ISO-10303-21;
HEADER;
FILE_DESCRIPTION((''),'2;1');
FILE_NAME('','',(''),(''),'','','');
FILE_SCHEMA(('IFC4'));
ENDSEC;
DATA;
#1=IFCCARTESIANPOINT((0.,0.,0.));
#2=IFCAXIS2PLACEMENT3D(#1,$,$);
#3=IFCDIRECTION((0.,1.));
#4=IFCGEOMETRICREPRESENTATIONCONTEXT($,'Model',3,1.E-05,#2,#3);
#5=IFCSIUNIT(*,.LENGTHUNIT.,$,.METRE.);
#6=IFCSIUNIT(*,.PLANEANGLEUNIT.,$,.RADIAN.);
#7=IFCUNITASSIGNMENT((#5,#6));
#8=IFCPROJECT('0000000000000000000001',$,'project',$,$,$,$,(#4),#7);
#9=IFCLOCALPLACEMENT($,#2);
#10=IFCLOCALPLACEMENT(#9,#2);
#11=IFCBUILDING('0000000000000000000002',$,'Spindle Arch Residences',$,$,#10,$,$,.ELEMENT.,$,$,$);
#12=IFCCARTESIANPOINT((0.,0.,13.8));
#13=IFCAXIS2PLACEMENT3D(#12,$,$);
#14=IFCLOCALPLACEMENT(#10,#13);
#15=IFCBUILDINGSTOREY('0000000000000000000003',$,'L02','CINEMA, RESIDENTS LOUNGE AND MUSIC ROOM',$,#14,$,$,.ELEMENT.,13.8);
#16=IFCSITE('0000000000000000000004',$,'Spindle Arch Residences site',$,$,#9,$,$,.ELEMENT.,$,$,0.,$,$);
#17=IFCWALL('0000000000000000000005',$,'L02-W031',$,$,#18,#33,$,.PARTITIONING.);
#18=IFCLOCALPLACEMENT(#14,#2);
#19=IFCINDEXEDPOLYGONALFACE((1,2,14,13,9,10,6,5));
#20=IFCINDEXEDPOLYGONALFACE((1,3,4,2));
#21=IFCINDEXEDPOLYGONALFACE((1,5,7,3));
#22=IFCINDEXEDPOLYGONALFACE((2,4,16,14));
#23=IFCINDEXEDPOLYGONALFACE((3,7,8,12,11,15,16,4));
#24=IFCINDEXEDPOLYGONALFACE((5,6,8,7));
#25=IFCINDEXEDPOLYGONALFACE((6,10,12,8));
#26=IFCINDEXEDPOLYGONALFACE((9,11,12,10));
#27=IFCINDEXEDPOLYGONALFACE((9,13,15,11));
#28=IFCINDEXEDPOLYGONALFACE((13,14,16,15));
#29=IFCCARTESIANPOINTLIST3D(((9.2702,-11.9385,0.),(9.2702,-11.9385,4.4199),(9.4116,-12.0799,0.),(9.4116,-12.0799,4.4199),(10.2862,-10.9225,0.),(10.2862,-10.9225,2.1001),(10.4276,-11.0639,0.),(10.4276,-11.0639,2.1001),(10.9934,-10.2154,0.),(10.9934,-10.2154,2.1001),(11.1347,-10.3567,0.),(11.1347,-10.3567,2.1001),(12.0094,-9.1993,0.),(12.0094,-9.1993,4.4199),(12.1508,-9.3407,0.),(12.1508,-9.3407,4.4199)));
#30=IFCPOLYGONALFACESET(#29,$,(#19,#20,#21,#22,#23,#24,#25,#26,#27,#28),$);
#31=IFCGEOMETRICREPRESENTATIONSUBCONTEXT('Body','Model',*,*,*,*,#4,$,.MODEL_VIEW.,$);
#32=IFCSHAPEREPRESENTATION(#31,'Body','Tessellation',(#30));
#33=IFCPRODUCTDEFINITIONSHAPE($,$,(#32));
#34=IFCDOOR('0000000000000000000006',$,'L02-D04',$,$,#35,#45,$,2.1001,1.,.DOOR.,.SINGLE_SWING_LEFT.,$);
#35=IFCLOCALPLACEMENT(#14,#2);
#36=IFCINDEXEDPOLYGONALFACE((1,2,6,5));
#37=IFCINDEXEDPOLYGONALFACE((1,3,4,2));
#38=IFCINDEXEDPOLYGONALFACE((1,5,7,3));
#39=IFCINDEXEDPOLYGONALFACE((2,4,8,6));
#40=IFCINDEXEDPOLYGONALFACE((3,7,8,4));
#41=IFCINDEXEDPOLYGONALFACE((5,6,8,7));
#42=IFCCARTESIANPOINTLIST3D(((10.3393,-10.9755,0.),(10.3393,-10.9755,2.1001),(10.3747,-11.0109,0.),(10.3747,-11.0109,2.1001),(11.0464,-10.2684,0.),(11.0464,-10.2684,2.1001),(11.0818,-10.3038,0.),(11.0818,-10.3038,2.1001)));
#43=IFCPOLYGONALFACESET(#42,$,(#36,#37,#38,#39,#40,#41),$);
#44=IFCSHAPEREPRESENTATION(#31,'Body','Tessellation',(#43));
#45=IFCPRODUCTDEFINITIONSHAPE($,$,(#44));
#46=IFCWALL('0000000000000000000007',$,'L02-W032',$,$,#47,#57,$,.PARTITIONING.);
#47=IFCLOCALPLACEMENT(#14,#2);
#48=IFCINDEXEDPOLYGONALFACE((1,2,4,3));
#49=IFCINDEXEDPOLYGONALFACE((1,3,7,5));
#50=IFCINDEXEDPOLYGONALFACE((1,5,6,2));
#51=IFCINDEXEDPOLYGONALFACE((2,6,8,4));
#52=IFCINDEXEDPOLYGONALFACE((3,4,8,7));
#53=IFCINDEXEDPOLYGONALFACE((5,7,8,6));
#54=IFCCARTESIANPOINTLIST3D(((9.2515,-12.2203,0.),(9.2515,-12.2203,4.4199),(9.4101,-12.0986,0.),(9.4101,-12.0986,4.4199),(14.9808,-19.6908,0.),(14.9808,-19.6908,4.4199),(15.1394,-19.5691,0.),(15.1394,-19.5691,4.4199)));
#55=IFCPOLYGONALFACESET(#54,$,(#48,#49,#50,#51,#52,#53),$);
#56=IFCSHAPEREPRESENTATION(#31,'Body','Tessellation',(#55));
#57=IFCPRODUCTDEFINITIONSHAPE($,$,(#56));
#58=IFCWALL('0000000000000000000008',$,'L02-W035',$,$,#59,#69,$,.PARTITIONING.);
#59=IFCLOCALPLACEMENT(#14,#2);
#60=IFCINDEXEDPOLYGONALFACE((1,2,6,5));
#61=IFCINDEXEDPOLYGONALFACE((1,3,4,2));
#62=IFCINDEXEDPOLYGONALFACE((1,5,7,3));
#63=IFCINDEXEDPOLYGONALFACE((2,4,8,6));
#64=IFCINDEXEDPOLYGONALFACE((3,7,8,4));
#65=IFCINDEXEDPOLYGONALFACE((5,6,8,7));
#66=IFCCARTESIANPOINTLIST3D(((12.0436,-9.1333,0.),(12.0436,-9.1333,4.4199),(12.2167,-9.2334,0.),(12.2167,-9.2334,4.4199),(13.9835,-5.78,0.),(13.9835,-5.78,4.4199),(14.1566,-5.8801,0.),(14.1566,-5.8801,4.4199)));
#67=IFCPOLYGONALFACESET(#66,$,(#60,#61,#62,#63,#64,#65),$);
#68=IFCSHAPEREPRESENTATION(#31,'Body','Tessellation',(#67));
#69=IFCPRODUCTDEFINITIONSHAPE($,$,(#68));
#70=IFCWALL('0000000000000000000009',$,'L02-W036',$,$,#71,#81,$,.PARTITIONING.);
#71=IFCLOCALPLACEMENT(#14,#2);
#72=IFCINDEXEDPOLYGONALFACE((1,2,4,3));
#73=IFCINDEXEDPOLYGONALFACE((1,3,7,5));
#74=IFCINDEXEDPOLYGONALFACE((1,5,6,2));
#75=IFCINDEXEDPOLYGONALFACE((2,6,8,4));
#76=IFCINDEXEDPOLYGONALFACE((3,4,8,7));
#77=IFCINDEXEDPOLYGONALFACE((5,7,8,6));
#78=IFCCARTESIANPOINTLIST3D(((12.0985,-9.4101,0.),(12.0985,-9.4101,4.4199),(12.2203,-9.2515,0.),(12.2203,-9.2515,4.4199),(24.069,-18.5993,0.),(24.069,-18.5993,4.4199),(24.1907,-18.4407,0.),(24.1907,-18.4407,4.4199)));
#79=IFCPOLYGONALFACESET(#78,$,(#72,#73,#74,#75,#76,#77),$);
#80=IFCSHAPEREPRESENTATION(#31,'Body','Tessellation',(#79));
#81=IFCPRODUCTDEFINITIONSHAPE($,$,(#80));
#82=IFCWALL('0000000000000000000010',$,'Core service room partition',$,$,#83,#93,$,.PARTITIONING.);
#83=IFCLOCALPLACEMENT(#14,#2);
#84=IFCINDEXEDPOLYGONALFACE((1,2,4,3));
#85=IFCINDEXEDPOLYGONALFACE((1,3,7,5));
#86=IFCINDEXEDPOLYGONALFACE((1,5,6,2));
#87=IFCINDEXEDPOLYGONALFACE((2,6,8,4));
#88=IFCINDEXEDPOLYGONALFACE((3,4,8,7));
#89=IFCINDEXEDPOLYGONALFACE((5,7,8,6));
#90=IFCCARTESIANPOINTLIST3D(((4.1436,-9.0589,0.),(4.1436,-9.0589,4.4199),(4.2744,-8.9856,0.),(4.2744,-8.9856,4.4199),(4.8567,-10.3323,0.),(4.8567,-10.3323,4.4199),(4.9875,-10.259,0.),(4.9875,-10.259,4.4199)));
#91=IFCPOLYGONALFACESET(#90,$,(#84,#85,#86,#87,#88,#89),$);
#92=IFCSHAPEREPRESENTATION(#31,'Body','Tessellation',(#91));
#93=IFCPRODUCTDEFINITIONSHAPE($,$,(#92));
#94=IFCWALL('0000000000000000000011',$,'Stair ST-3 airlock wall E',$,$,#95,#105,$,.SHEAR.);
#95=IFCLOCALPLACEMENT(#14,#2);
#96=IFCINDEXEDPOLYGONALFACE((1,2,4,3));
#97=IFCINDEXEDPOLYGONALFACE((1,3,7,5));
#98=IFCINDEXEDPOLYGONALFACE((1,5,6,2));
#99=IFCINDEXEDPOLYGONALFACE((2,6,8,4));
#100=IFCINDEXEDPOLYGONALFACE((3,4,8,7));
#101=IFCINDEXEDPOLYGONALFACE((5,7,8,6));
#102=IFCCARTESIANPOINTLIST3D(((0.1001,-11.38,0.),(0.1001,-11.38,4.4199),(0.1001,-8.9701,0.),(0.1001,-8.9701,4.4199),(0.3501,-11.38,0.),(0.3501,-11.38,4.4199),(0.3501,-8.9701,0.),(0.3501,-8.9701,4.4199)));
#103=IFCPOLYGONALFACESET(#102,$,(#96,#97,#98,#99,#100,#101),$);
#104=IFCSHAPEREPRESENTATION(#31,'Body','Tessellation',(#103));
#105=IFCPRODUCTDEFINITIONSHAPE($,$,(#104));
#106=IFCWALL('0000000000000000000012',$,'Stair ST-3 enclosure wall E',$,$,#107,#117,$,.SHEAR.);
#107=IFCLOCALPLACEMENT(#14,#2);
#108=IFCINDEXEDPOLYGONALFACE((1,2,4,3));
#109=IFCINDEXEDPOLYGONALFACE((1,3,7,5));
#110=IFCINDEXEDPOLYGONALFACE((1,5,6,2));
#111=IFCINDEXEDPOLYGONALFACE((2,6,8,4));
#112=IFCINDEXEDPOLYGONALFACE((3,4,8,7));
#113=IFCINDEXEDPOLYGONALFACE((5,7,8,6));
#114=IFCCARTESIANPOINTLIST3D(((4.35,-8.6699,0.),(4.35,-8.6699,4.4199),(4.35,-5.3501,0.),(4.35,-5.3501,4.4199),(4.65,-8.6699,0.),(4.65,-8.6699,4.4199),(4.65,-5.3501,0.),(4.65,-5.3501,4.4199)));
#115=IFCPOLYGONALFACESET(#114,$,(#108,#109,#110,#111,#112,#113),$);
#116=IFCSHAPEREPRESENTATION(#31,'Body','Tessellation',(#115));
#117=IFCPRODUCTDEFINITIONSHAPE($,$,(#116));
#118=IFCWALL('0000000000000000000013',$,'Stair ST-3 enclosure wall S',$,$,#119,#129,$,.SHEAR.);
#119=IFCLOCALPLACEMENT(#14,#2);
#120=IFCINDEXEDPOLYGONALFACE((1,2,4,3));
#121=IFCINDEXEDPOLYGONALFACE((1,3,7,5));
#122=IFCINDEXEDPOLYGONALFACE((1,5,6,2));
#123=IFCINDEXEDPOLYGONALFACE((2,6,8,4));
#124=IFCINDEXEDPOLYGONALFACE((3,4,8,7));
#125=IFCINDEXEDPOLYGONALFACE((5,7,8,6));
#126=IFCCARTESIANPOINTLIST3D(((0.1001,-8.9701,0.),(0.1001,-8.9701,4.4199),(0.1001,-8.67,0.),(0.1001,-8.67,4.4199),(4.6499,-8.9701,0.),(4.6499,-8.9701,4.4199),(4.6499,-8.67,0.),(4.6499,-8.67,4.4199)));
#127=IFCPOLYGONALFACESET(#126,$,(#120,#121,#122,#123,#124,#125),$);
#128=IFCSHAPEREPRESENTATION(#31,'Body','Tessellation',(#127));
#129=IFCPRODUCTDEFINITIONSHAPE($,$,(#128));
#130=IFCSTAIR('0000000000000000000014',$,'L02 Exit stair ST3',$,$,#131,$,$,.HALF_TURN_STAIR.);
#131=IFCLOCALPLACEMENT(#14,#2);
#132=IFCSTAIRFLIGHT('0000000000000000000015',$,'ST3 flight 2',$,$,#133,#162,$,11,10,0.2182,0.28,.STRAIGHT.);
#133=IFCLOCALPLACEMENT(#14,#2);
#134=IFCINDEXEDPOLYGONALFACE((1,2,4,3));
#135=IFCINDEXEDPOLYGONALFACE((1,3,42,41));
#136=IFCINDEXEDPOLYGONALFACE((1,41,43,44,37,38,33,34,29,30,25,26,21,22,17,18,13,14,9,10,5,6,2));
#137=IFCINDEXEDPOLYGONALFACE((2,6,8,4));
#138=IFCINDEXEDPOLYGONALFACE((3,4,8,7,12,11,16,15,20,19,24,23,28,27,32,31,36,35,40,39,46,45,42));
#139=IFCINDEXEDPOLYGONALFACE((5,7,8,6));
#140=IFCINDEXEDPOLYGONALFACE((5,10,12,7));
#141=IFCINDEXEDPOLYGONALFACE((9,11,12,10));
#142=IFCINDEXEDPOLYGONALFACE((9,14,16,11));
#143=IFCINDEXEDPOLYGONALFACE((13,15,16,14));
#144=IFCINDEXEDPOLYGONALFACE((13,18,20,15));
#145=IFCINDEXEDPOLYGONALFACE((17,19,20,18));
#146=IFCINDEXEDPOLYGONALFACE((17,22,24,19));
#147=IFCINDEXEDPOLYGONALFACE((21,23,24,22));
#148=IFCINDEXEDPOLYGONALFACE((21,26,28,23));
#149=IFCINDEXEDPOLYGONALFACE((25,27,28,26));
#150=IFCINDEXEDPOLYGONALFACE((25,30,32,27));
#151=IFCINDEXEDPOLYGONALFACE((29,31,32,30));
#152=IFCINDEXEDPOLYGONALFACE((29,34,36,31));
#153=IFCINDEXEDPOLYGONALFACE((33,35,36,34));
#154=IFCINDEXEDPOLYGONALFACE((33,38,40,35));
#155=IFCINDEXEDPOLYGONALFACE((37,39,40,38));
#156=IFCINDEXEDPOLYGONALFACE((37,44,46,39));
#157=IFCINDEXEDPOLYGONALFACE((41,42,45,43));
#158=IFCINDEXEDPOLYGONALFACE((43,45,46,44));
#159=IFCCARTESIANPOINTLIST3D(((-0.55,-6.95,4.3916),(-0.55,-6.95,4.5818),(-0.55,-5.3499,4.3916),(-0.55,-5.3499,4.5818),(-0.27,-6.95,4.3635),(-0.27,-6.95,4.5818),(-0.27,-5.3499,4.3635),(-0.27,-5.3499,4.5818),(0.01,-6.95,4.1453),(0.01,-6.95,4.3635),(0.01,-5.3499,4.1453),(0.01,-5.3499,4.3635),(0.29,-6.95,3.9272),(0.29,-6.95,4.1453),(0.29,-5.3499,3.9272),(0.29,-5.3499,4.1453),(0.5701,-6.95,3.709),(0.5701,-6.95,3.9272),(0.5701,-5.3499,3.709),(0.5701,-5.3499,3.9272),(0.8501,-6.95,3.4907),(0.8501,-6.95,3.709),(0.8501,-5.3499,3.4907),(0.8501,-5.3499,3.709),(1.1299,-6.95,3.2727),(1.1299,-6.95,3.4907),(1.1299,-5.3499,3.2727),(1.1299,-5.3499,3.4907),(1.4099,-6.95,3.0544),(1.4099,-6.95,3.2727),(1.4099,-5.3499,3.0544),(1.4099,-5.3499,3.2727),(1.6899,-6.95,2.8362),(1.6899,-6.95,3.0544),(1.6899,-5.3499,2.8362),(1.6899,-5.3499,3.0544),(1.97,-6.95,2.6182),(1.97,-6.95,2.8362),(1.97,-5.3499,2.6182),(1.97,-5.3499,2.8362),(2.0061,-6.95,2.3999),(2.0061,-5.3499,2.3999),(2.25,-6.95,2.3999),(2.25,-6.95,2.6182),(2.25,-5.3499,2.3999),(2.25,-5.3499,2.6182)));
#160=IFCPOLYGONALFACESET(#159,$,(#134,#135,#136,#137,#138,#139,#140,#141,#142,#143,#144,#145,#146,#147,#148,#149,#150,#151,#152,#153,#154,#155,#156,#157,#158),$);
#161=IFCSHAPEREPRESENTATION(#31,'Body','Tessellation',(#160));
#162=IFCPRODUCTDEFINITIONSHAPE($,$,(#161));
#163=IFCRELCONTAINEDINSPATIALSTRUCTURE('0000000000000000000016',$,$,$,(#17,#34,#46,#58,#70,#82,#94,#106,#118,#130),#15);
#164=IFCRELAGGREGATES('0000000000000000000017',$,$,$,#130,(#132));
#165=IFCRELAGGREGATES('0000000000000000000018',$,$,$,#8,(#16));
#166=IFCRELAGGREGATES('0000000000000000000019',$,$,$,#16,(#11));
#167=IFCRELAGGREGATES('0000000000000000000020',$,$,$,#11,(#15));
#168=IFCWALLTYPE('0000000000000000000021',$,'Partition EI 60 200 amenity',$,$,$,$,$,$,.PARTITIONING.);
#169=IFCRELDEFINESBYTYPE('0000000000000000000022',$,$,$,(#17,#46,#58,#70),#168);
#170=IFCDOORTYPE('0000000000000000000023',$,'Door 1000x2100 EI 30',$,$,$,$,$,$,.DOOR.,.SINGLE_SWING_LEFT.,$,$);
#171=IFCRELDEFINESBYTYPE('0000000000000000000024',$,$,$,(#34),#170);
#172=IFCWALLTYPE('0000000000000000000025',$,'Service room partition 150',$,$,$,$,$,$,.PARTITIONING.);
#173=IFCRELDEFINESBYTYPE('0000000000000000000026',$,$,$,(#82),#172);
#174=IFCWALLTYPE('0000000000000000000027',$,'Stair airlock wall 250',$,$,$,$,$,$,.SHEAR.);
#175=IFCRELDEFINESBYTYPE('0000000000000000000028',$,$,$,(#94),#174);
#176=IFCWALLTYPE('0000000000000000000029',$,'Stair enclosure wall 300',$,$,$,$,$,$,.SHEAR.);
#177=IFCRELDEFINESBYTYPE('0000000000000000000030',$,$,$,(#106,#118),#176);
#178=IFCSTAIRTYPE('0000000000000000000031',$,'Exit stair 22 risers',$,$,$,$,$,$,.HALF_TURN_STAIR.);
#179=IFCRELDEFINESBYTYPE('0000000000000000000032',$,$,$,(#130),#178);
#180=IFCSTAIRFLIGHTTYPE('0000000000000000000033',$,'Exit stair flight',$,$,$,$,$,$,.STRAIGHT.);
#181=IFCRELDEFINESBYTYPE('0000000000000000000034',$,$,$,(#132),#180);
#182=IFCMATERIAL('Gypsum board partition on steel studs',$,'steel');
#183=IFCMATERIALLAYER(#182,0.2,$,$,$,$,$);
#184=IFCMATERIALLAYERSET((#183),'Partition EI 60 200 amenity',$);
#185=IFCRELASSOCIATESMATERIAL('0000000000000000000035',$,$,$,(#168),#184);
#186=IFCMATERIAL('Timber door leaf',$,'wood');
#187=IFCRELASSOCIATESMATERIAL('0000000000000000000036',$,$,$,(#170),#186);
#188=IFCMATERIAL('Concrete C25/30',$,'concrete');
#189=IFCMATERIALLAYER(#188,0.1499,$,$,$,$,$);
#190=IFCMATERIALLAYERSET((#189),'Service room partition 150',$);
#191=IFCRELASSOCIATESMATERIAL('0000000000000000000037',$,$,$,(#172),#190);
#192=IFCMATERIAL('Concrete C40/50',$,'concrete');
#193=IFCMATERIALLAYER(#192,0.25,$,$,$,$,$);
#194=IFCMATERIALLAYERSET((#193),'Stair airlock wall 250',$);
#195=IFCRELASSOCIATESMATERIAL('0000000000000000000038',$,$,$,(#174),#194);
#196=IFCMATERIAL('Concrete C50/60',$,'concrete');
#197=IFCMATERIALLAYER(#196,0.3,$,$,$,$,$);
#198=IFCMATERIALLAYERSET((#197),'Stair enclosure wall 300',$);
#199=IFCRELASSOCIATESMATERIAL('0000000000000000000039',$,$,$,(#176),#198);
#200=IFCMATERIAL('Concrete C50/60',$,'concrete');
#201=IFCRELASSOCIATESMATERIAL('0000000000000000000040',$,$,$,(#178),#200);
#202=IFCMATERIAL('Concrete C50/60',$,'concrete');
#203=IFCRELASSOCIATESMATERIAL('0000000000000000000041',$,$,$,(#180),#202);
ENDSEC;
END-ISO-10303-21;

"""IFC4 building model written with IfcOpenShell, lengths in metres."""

from ifc_helpers import new_model, si_unit, direction, frame, frame_2d, origin, place, context, subcontext, project, spatial, polyline, rectangle, outline, extrude, material, layer, layer_set, type_object, element, fill, aggregate, save


model = new_model("IFC4")

# Units and contexts
model_context = context("Model", 3, precision=1e-05, world=origin(), true_north=direction((0.0, 1.0)))
body_context = subcontext(model_context, "Body", "Model", "MODEL_VIEW")
ifc_project = project(units=[si_unit("LENGTHUNIT", "METRE"), si_unit("PLANEANGLEUNIT", "RADIAN")], contexts=[model_context])

# Site, building, storey
site_placement = place(None, origin())
site = spatial("IfcSite", under=ifc_project, at=site_placement, Name="Spindle Arch Residences site", CompositionType="ELEMENT", RefElevation=0.0)
building_placement = place(site_placement, origin())
building = spatial("IfcBuilding", under=site, at=building_placement, Name="Spindle Arch Residences", CompositionType="ELEMENT")
storey_placement = place(building_placement, frame((0.0, 0.0, 13.8)))
storey = spatial("IfcBuildingStorey", under=building, at=storey_placement, Name="L02", Description="CINEMA, RESIDENTS LOUNGE AND MUSIC ROOM", CompositionType="ELEMENT", Elevation=13.8)

# Shared definitions
ifc_material_1 = material(Name="Gypsum board partition on steel studs", Category="steel")
ifc_layer_1 = layer(ifc_material_1, 0.2)
ifc_layer_set_1 = layer_set([ifc_layer_1], Name="Partition EI 60 200 amenity")
wall_type_1 = type_object("IfcWallType", Name="Partition EI 60 200 amenity", PredefinedType="PARTITIONING", material=ifc_layer_set_1)

# Shared definitions
ifc_material_2 = material(Name="Timber door leaf", Category="wood")
door_type_1 = type_object("IfcDoorType", Name="Door 1000x2100 EI 30", OperationType="SINGLE_SWING_LEFT", PredefinedType="DOOR", material=ifc_material_2)

# Wall, opening, door
wall_1_placement = place(storey_placement, frame((9.3408, -12.0093, 0.0), z_axis=(0.0, 0.0, 1.0), x_axis=(0.707107, 0.707107, 0.0)))
wall_1 = element("IfcWall", 1, at=wall_1_placement, inside=storey, type_object=wall_type_1, Name="L02-W031", PredefinedType="PARTITIONING", context=body_context, shape_type="SweptSolid", body=[
    extrude(rectangle(XDim=3.8738, YDim=0.2, at=frame_2d((1.937, 0.0))), origin(), (0.0, 0.0, 1.0), 4.4199),
])
opening_1_placement = place(wall_1_placement, frame((1.437, 0.0, 0.0)))
opening_1 = element("IfcOpeningElement", 2, at=opening_1_placement, cuts=wall_1, PredefinedType="OPENING", context=body_context, shape_type="SweptSolid", body=[
    extrude(rectangle(XDim=1.0, YDim=2.1001, at=frame_2d((0.5, 1.05))), frame((0.0, 0.1099, 0.0), z_axis=(0.0, -1.0, 0.0), x_axis=(1.0, 0.0, 0.0)), (0.0, 0.0, 1.0), 0.22),
])
door_1_placement = place(opening_1_placement, origin())
door_1 = element("IfcDoor", 3, at=door_1_placement, inside=storey, type_object=door_type_1, Name="L02-D04", OperationType="SINGLE_SWING_LEFT", OverallHeight=2.1001, OverallWidth=1.0, PredefinedType="DOOR", context=body_context, shape_type="SweptSolid", body=[
    extrude(rectangle(XDim=1.0, YDim=2.1001, at=frame_2d((0.5, 1.05))), frame((0.0, 0.0249, 0.0), z_axis=(0.0, -1.0, 0.0), x_axis=(1.0, 0.0, 0.0)), (0.0, 0.0, 1.0), 0.05),
])
fill(opening_1, door_1)

# Walls
wall_2_placement = place(storey_placement, frame((9.3308, -12.1594, 0.0), z_axis=(0.0, 0.0, 1.0), x_axis=(0.608558, -0.793509, 0.0)))
element("IfcWall", 4, at=wall_2_placement, inside=storey, type_object=wall_type_1, Name="L02-W032", PredefinedType="PARTITIONING", context=body_context, shape_type="SweptSolid", body=[
    extrude(rectangle(XDim=9.4146, YDim=0.2, at=frame_2d((4.7073, 0.0))), origin(), (0.0, 0.0, 1.0), 4.4199),
])
wall_3_placement = place(storey_placement, frame((12.1301, -9.1833, 0.0), z_axis=(0.0, 0.0, 1.0), x_axis=(0.50076, 0.865586, 0.0)))
element("IfcWall", 5, at=wall_3_placement, inside=storey, type_object=wall_type_1, Name="L02-W035", PredefinedType="PARTITIONING", context=body_context, shape_type="SweptSolid", body=[
    extrude(rectangle(XDim=3.874, YDim=0.2, at=frame_2d((1.937, 0.0))), origin(), (0.0, 0.0, 1.0), 4.4199),
])
wall_4_placement = place(storey_placement, frame((12.1594, -9.3308, 0.0), z_axis=(0.0, 0.0, 1.0), x_axis=(0.793227, -0.608926, 0.0)))
element("IfcWall", 6, at=wall_4_placement, inside=storey, type_object=wall_type_1, Name="L02-W036", PredefinedType="PARTITIONING", context=body_context, shape_type="SweptSolid", body=[
    extrude(rectangle(XDim=15.0908, YDim=0.2, at=frame_2d((7.5454, 0.0))), origin(), (0.0, 0.0, 1.0), 4.4199),
])
ifc_material_3 = material(Name="Concrete C25/30", Category="concrete")
ifc_layer_2 = layer(ifc_material_3, 0.1499)
ifc_layer_set_2 = layer_set([ifc_layer_2], Name="Service room partition 150")
wall_type_2 = type_object("IfcWallType", Name="Service room partition 150", PredefinedType="PARTITIONING", material=ifc_layer_set_2)
wall_5_placement = place(storey_placement, frame((4.9221, -10.2957, 0.0), z_axis=(0.0, 0.0, 1.0), x_axis=(-0.488608, 0.872503, 0.0)))
element("IfcWall", 7, at=wall_5_placement, inside=storey, type_object=wall_type_2, Name="Core service room partition", PredefinedType="PARTITIONING", context=body_context, shape_type="SweptSolid", body=[
    extrude(rectangle(XDim=1.4595, YDim=0.1499, at=frame_2d((0.7297, 0.0))), origin(), (0.0, 0.0, 1.0), 4.4199),
])
ifc_material_4 = material(Name="Concrete C40/50", Category="concrete")
ifc_layer_3 = layer(ifc_material_4, 0.25)
ifc_layer_set_3 = layer_set([ifc_layer_3], Name="Stair airlock wall 250")
wall_type_3 = type_object("IfcWallType", Name="Stair airlock wall 250", PredefinedType="SHEAR", material=ifc_layer_set_3)
wall_6_placement = place(storey_placement, frame((0.2251, -8.97, 0.0), z_axis=(0.0, 0.0, 1.0), x_axis=(0.0, -1.0, 0.0)))
element("IfcWall", 8, at=wall_6_placement, inside=storey, type_object=wall_type_3, Name="Stair ST-3 airlock wall E", PredefinedType="SHEAR", context=body_context, shape_type="SweptSolid", body=[
    extrude(rectangle(XDim=2.4099, YDim=0.25, at=frame_2d((1.2051, 0.0))), origin(), (0.0, 0.0, 1.0), 4.4199),
])
ifc_material_5 = material(Name="Concrete C50/60", Category="concrete")
ifc_layer_4 = layer(ifc_material_5, 0.3)
ifc_layer_set_4 = layer_set([ifc_layer_4], Name="Stair enclosure wall 300")
wall_type_4 = type_object("IfcWallType", Name="Stair enclosure wall 300", PredefinedType="SHEAR", material=ifc_layer_set_4)
wall_7_placement = place(storey_placement, frame((4.5, -8.6699, 0.0), z_axis=(0.0, 0.0, 1.0), x_axis=(0.0, 1.0, 0.0)))
element("IfcWall", 9, at=wall_7_placement, inside=storey, type_object=wall_type_4, Name="Stair ST-3 enclosure wall E", PredefinedType="SHEAR", context=body_context, shape_type="SweptSolid", body=[
    extrude(rectangle(XDim=3.3198, YDim=0.3, at=frame_2d((1.6599, 0.0))), origin(), (0.0, 0.0, 1.0), 4.4199),
])
wall_8_placement = place(storey_placement, frame((0.1001, -8.8201, 0.0), z_axis=(0.0, 0.0, 1.0), x_axis=(1.0, 0.0, 0.0)))
element("IfcWall", 10, at=wall_8_placement, inside=storey, type_object=wall_type_4, Name="Stair ST-3 enclosure wall S", PredefinedType="SHEAR", context=body_context, shape_type="SweptSolid", body=[
    extrude(rectangle(XDim=4.5498, YDim=0.3, at=frame_2d((2.2749, 0.0))), origin(), (0.0, 0.0, 1.0), 4.4199),
])

# Stair, stair flight
ifc_material_6 = material(Name="Concrete C50/60", Category="concrete")
stair_type = type_object("IfcStairType", Name="Exit stair 22 risers", PredefinedType="HALF_TURN_STAIR", material=ifc_material_6)
stair_placement = place(storey_placement, origin())
stair = element("IfcStair", 11, at=stair_placement, inside=storey, type_object=stair_type, Name="L02 Exit stair ST3", PredefinedType="HALF_TURN_STAIR")
ifc_material_7 = material(Name="Concrete C50/60", Category="concrete")
stair_flight_type = type_object("IfcStairFlightType", Name="Exit stair flight", PredefinedType="STRAIGHT", material=ifc_material_7)
stair_flight_placement = place(storey_placement, frame((2.25, -6.1499, 2.3999), z_axis=(0.0, 0.0, 1.0), x_axis=(-1.0, 0.0, 0.0)))
stair_flight = element("IfcStairFlight", 12, at=stair_flight_placement, type_object=stair_flight_type, Name="ST3 flight 2", NumberOfRisers=11, NumberOfTreads=10, PredefinedType="STRAIGHT", RiserHeight=0.2182, TreadLength=0.28, context=body_context, shape_type="SweptSolid", body=[
    extrude(outline(polyline([(0.0, 0.0), (0.0, 0.2183), (0.28, 0.2183), (0.28, 0.4363), (0.5601, 0.4363), (0.5601, 0.6545), (0.8401, 0.6545), (0.8401, 0.8728), (1.1201, 0.8728), (1.1201, 1.0908), (1.3999, 1.0908), (1.3999, 1.3091), (1.6799, 1.3091), (1.6799, 1.5273), (1.96, 1.5273), (1.96, 1.7454), (2.24, 1.7454), (2.24, 1.9636), (2.52, 1.9636), (2.52, 2.1819), (2.8, 2.1819), (2.8, 2.3999), (2.8, 1.9917), (0.2439, 0.0), (0.0, 0.0)])), frame((0.0, 0.8, 0.0), z_axis=(0.0, -1.0, 0.0), x_axis=(1.0, 0.0, 0.0)), (0.0, 0.0, 1.0), 1.6001),
])
aggregate(stair, [stair_flight])

save(model, "model.ifc")
